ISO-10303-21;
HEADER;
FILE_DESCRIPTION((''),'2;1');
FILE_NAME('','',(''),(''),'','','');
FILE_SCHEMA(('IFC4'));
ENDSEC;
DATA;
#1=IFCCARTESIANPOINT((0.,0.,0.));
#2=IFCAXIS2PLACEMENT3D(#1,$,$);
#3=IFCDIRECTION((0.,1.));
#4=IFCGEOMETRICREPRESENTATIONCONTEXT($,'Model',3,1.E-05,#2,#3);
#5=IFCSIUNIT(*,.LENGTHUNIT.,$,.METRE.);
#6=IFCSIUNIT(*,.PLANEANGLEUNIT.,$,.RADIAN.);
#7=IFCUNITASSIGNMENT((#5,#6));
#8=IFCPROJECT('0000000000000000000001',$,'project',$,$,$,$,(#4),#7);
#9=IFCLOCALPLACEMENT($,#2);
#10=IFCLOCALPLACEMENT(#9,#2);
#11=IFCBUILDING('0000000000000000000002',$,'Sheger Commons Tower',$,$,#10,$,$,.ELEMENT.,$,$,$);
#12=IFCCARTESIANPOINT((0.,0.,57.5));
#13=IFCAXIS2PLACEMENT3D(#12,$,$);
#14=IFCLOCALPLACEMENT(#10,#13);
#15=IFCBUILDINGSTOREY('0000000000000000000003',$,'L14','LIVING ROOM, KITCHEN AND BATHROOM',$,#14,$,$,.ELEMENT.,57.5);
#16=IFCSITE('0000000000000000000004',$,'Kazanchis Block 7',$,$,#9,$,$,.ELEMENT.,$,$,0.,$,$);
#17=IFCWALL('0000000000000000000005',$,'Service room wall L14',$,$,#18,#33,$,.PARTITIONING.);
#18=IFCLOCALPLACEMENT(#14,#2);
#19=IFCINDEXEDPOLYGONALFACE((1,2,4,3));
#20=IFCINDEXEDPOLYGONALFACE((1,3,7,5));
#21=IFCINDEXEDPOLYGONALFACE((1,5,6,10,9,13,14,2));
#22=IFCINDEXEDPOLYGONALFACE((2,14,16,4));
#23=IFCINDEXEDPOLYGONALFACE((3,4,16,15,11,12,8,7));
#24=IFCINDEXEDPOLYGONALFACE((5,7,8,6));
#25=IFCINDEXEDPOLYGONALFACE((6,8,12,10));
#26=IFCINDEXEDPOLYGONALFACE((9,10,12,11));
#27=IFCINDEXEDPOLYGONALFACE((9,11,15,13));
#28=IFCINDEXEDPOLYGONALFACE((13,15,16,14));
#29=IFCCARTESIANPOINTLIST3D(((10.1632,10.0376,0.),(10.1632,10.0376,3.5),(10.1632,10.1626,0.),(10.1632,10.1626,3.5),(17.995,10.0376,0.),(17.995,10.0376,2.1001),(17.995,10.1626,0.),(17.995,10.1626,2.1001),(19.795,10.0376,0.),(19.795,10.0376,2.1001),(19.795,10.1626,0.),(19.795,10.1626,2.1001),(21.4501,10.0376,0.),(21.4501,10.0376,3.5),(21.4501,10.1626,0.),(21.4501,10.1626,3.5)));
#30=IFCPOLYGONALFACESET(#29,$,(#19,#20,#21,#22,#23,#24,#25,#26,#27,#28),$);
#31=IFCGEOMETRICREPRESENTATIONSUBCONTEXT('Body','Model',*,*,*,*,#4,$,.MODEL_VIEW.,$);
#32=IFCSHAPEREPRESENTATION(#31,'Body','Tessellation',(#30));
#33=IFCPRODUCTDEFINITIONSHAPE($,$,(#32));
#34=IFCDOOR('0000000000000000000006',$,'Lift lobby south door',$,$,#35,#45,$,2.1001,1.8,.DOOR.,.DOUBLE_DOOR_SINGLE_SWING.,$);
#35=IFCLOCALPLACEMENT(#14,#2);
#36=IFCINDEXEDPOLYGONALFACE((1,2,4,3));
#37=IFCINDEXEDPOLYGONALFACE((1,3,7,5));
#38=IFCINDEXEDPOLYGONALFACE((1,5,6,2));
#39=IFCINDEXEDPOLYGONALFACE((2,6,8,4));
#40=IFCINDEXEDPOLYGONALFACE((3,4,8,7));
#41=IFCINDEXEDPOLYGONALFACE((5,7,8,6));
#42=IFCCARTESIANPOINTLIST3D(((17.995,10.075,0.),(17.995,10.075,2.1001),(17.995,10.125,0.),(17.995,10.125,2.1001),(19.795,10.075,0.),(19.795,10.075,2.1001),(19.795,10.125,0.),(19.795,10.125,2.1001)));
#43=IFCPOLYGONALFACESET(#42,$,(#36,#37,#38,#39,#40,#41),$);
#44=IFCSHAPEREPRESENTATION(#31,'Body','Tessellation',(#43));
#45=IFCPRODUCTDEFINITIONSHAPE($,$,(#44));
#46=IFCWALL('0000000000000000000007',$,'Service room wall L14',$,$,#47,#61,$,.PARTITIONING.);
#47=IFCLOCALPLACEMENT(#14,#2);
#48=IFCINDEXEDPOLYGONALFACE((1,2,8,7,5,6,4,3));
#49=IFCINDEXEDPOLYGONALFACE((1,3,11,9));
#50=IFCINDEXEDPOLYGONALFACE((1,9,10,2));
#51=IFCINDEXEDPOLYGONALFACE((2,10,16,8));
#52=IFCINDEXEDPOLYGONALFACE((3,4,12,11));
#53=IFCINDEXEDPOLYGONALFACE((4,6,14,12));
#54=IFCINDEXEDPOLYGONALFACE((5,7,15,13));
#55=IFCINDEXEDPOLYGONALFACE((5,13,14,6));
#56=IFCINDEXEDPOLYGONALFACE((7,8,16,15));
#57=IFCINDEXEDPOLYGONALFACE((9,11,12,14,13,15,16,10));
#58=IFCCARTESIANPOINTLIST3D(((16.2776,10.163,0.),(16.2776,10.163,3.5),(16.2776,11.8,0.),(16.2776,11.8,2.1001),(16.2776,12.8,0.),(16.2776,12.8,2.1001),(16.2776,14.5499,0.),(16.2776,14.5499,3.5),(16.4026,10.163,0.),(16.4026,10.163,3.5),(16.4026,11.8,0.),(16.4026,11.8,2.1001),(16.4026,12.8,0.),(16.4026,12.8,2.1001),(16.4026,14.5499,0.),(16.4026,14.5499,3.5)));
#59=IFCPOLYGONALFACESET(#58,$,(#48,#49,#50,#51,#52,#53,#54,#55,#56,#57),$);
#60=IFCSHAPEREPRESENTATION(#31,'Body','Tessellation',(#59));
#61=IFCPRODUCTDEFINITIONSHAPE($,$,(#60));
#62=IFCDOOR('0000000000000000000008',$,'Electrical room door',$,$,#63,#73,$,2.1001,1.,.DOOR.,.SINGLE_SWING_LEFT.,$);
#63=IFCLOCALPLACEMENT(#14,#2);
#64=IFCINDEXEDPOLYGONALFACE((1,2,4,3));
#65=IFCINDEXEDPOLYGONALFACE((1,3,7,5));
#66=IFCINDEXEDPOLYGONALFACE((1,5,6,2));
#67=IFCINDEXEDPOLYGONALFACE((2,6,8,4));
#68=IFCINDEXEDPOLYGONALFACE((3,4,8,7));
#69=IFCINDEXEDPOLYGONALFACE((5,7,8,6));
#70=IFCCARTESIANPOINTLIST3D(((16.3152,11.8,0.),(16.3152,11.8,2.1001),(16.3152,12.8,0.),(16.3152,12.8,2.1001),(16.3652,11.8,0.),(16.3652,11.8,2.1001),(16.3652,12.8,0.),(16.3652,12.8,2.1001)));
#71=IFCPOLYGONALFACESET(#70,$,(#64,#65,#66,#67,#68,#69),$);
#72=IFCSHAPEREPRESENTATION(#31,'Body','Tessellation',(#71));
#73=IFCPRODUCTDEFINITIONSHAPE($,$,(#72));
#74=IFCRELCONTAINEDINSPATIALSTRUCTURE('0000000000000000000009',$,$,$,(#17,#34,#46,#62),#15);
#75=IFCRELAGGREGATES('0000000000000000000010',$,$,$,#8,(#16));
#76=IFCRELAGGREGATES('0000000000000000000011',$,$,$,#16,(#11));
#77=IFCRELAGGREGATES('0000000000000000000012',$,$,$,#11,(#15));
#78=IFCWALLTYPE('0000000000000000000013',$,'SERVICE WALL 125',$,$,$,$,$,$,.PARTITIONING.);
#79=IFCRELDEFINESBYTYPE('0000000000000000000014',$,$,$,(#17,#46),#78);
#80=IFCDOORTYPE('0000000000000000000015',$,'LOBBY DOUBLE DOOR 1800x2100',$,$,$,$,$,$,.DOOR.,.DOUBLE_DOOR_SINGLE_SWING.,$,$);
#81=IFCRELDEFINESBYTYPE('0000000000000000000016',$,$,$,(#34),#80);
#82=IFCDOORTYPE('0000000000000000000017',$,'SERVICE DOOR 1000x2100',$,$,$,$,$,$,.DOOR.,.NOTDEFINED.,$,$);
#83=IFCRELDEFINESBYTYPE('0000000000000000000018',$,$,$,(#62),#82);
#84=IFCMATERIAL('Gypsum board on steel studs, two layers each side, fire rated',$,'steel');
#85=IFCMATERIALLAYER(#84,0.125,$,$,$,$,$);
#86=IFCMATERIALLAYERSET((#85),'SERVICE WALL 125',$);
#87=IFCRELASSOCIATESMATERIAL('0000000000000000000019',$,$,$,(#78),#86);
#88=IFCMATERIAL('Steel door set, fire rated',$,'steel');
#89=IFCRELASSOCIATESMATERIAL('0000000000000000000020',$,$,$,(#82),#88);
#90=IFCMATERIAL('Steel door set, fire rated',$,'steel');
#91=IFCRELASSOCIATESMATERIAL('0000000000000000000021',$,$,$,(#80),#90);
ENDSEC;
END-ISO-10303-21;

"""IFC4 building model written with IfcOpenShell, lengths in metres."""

from ifc_helpers import new_model, si_unit, direction, frame, frame_2d, origin, place, context, subcontext, project, spatial, rectangle, extrude, material, layer, layer_set, type_object, element, fill, save


model = new_model("IFC4")

# Units and contexts
model_context = context("Model", 3, precision=1e-05, world=origin(), true_north=direction((0.0, 1.0)))
body_context = subcontext(model_context, "Body", "Model", "MODEL_VIEW")
ifc_project = project(units=[si_unit("LENGTHUNIT", "METRE"), si_unit("PLANEANGLEUNIT", "RADIAN")], contexts=[model_context])

# Site, building, storey
site_placement = place(None, origin())
site = spatial("IfcSite", under=ifc_project, at=site_placement, Name="Kazanchis Block 7", CompositionType="ELEMENT", RefElevation=0.0)
building_placement = place(site_placement, origin())
building = spatial("IfcBuilding", under=site, at=building_placement, Name="Sheger Commons Tower", CompositionType="ELEMENT")
storey_placement = place(building_placement, frame((0.0, 0.0, 57.5)))
storey = spatial("IfcBuildingStorey", under=building, at=storey_placement, Name="L14", Description="LIVING ROOM, KITCHEN AND BATHROOM", CompositionType="ELEMENT", Elevation=57.5)

# Shared definitions
ifc_material_1 = material(Name="Gypsum board on steel studs, two layers each side, fire rated", Category="steel")
ifc_layer_1 = layer(ifc_material_1, 0.125)
ifc_layer_set_1 = layer_set([ifc_layer_1], Name="SERVICE WALL 125")
wall_type_1 = type_object("IfcWallType", Name="SERVICE WALL 125", PredefinedType="PARTITIONING", material=ifc_layer_set_1)
ifc_material_2 = material(Name="Steel door set, fire rated", Category="steel")
door_type_1 = type_object("IfcDoorType", Name="SERVICE DOOR 1000x2100", OperationType="NOTDEFINED", PredefinedType="DOOR", material=ifc_material_2)

# Walls, openings, doors
wall_1_placement = place(storey_placement, frame((10.1631, 10.1001, 0.0), z_axis=(0.0, 0.0, 1.0), x_axis=(1.0, 0.0, 0.0)))
wall_1 = element("IfcWall", 1, at=wall_1_placement, inside=storey, type_object=wall_type_1, Name="Service room wall L14", PredefinedType="PARTITIONING", context=body_context, shape_type="SweptSolid", body=[
    extrude(rectangle(XDim=11.2869, YDim=0.125, at=frame_2d((5.6436, 0.0))), origin(), (0.0, 0.0, 1.0), 3.5),
])
opening_1_placement = place(wall_1_placement, frame((7.832, 0.0, 0.0)))
opening_1 = element("IfcOpeningElement", 2, at=opening_1_placement, cuts=wall_1, PredefinedType="OPENING", context=body_context, shape_type="SweptSolid", body=[
    extrude(rectangle(XDim=1.8, YDim=2.1001, at=frame_2d((0.8999, 1.05))), frame((0.0, 0.0725, 0.0), z_axis=(0.0, -1.0, 0.0), x_axis=(1.0, 0.0, 0.0)), (0.0, 0.0, 1.0), 0.145),
])
ifc_material_3 = material(Name="Steel door set, fire rated", Category="steel")
door_type_2 = type_object("IfcDoorType", Name="LOBBY DOUBLE DOOR 1800x2100", OperationType="DOUBLE_DOOR_SINGLE_SWING", PredefinedType="DOOR", material=ifc_material_3)
door_1_placement = place(opening_1_placement, origin())
door_1 = element("IfcDoor", 3, at=door_1_placement, inside=storey, type_object=door_type_2, Name="Lift lobby south door", OperationType="DOUBLE_DOOR_SINGLE_SWING", OverallHeight=2.1001, OverallWidth=1.8, PredefinedType="DOOR", context=body_context, shape_type="SweptSolid", body=[
    extrude(rectangle(XDim=1.8, YDim=2.1001, at=frame_2d((0.8999, 1.05))), frame((0.0, 0.0249, 0.0), z_axis=(0.0, -1.0, 0.0), x_axis=(1.0, 0.0, 0.0)), (0.0, 0.0, 1.0), 0.05),
])
fill(opening_1, door_1)
wall_2_placement = place(storey_placement, frame((16.3401, 10.1631, 0.0), z_axis=(0.0, 0.0, 1.0), x_axis=(0.0, 1.0, 0.0)))
wall_2 = element("IfcWall", 4, at=wall_2_placement, inside=storey, type_object=wall_type_1, Name="Service room wall L14", PredefinedType="PARTITIONING", context=body_context, shape_type="SweptSolid", body=[
    extrude(rectangle(XDim=4.387, YDim=0.125, at=frame_2d((2.1934, 0.0))), origin(), (0.0, 0.0, 1.0), 3.5),
])
opening_2_placement = place(wall_2_placement, frame((1.637, 0.0, 0.0)))
opening_2 = element("IfcOpeningElement", 5, at=opening_2_placement, cuts=wall_2, PredefinedType="OPENING", context=body_context, shape_type="SweptSolid", body=[
    extrude(rectangle(XDim=1.0, YDim=2.1001, at=frame_2d((0.5, 1.05))), frame((0.0, 0.0725, 0.0), z_axis=(0.0, -1.0, 0.0), x_axis=(1.0, 0.0, 0.0)), (0.0, 0.0, 1.0), 0.145),
])
door_2_placement = place(opening_2_placement, origin())
door_2 = element("IfcDoor", 6, at=door_2_placement, inside=storey, type_object=door_type_1, Name="Electrical room door", OperationType="SINGLE_SWING_LEFT", OverallHeight=2.1001, OverallWidth=1.0, PredefinedType="DOOR", context=body_context, shape_type="SweptSolid", body=[
    extrude(rectangle(XDim=1.0, YDim=2.1001, at=frame_2d((0.5, 1.05))), frame((0.0, 0.0249, 0.0), z_axis=(0.0, -1.0, 0.0), x_axis=(1.0, 0.0, 0.0)), (0.0, 0.0, 1.0), 0.05),
])
fill(opening_2, door_2)

save(model, "model.ifc")
